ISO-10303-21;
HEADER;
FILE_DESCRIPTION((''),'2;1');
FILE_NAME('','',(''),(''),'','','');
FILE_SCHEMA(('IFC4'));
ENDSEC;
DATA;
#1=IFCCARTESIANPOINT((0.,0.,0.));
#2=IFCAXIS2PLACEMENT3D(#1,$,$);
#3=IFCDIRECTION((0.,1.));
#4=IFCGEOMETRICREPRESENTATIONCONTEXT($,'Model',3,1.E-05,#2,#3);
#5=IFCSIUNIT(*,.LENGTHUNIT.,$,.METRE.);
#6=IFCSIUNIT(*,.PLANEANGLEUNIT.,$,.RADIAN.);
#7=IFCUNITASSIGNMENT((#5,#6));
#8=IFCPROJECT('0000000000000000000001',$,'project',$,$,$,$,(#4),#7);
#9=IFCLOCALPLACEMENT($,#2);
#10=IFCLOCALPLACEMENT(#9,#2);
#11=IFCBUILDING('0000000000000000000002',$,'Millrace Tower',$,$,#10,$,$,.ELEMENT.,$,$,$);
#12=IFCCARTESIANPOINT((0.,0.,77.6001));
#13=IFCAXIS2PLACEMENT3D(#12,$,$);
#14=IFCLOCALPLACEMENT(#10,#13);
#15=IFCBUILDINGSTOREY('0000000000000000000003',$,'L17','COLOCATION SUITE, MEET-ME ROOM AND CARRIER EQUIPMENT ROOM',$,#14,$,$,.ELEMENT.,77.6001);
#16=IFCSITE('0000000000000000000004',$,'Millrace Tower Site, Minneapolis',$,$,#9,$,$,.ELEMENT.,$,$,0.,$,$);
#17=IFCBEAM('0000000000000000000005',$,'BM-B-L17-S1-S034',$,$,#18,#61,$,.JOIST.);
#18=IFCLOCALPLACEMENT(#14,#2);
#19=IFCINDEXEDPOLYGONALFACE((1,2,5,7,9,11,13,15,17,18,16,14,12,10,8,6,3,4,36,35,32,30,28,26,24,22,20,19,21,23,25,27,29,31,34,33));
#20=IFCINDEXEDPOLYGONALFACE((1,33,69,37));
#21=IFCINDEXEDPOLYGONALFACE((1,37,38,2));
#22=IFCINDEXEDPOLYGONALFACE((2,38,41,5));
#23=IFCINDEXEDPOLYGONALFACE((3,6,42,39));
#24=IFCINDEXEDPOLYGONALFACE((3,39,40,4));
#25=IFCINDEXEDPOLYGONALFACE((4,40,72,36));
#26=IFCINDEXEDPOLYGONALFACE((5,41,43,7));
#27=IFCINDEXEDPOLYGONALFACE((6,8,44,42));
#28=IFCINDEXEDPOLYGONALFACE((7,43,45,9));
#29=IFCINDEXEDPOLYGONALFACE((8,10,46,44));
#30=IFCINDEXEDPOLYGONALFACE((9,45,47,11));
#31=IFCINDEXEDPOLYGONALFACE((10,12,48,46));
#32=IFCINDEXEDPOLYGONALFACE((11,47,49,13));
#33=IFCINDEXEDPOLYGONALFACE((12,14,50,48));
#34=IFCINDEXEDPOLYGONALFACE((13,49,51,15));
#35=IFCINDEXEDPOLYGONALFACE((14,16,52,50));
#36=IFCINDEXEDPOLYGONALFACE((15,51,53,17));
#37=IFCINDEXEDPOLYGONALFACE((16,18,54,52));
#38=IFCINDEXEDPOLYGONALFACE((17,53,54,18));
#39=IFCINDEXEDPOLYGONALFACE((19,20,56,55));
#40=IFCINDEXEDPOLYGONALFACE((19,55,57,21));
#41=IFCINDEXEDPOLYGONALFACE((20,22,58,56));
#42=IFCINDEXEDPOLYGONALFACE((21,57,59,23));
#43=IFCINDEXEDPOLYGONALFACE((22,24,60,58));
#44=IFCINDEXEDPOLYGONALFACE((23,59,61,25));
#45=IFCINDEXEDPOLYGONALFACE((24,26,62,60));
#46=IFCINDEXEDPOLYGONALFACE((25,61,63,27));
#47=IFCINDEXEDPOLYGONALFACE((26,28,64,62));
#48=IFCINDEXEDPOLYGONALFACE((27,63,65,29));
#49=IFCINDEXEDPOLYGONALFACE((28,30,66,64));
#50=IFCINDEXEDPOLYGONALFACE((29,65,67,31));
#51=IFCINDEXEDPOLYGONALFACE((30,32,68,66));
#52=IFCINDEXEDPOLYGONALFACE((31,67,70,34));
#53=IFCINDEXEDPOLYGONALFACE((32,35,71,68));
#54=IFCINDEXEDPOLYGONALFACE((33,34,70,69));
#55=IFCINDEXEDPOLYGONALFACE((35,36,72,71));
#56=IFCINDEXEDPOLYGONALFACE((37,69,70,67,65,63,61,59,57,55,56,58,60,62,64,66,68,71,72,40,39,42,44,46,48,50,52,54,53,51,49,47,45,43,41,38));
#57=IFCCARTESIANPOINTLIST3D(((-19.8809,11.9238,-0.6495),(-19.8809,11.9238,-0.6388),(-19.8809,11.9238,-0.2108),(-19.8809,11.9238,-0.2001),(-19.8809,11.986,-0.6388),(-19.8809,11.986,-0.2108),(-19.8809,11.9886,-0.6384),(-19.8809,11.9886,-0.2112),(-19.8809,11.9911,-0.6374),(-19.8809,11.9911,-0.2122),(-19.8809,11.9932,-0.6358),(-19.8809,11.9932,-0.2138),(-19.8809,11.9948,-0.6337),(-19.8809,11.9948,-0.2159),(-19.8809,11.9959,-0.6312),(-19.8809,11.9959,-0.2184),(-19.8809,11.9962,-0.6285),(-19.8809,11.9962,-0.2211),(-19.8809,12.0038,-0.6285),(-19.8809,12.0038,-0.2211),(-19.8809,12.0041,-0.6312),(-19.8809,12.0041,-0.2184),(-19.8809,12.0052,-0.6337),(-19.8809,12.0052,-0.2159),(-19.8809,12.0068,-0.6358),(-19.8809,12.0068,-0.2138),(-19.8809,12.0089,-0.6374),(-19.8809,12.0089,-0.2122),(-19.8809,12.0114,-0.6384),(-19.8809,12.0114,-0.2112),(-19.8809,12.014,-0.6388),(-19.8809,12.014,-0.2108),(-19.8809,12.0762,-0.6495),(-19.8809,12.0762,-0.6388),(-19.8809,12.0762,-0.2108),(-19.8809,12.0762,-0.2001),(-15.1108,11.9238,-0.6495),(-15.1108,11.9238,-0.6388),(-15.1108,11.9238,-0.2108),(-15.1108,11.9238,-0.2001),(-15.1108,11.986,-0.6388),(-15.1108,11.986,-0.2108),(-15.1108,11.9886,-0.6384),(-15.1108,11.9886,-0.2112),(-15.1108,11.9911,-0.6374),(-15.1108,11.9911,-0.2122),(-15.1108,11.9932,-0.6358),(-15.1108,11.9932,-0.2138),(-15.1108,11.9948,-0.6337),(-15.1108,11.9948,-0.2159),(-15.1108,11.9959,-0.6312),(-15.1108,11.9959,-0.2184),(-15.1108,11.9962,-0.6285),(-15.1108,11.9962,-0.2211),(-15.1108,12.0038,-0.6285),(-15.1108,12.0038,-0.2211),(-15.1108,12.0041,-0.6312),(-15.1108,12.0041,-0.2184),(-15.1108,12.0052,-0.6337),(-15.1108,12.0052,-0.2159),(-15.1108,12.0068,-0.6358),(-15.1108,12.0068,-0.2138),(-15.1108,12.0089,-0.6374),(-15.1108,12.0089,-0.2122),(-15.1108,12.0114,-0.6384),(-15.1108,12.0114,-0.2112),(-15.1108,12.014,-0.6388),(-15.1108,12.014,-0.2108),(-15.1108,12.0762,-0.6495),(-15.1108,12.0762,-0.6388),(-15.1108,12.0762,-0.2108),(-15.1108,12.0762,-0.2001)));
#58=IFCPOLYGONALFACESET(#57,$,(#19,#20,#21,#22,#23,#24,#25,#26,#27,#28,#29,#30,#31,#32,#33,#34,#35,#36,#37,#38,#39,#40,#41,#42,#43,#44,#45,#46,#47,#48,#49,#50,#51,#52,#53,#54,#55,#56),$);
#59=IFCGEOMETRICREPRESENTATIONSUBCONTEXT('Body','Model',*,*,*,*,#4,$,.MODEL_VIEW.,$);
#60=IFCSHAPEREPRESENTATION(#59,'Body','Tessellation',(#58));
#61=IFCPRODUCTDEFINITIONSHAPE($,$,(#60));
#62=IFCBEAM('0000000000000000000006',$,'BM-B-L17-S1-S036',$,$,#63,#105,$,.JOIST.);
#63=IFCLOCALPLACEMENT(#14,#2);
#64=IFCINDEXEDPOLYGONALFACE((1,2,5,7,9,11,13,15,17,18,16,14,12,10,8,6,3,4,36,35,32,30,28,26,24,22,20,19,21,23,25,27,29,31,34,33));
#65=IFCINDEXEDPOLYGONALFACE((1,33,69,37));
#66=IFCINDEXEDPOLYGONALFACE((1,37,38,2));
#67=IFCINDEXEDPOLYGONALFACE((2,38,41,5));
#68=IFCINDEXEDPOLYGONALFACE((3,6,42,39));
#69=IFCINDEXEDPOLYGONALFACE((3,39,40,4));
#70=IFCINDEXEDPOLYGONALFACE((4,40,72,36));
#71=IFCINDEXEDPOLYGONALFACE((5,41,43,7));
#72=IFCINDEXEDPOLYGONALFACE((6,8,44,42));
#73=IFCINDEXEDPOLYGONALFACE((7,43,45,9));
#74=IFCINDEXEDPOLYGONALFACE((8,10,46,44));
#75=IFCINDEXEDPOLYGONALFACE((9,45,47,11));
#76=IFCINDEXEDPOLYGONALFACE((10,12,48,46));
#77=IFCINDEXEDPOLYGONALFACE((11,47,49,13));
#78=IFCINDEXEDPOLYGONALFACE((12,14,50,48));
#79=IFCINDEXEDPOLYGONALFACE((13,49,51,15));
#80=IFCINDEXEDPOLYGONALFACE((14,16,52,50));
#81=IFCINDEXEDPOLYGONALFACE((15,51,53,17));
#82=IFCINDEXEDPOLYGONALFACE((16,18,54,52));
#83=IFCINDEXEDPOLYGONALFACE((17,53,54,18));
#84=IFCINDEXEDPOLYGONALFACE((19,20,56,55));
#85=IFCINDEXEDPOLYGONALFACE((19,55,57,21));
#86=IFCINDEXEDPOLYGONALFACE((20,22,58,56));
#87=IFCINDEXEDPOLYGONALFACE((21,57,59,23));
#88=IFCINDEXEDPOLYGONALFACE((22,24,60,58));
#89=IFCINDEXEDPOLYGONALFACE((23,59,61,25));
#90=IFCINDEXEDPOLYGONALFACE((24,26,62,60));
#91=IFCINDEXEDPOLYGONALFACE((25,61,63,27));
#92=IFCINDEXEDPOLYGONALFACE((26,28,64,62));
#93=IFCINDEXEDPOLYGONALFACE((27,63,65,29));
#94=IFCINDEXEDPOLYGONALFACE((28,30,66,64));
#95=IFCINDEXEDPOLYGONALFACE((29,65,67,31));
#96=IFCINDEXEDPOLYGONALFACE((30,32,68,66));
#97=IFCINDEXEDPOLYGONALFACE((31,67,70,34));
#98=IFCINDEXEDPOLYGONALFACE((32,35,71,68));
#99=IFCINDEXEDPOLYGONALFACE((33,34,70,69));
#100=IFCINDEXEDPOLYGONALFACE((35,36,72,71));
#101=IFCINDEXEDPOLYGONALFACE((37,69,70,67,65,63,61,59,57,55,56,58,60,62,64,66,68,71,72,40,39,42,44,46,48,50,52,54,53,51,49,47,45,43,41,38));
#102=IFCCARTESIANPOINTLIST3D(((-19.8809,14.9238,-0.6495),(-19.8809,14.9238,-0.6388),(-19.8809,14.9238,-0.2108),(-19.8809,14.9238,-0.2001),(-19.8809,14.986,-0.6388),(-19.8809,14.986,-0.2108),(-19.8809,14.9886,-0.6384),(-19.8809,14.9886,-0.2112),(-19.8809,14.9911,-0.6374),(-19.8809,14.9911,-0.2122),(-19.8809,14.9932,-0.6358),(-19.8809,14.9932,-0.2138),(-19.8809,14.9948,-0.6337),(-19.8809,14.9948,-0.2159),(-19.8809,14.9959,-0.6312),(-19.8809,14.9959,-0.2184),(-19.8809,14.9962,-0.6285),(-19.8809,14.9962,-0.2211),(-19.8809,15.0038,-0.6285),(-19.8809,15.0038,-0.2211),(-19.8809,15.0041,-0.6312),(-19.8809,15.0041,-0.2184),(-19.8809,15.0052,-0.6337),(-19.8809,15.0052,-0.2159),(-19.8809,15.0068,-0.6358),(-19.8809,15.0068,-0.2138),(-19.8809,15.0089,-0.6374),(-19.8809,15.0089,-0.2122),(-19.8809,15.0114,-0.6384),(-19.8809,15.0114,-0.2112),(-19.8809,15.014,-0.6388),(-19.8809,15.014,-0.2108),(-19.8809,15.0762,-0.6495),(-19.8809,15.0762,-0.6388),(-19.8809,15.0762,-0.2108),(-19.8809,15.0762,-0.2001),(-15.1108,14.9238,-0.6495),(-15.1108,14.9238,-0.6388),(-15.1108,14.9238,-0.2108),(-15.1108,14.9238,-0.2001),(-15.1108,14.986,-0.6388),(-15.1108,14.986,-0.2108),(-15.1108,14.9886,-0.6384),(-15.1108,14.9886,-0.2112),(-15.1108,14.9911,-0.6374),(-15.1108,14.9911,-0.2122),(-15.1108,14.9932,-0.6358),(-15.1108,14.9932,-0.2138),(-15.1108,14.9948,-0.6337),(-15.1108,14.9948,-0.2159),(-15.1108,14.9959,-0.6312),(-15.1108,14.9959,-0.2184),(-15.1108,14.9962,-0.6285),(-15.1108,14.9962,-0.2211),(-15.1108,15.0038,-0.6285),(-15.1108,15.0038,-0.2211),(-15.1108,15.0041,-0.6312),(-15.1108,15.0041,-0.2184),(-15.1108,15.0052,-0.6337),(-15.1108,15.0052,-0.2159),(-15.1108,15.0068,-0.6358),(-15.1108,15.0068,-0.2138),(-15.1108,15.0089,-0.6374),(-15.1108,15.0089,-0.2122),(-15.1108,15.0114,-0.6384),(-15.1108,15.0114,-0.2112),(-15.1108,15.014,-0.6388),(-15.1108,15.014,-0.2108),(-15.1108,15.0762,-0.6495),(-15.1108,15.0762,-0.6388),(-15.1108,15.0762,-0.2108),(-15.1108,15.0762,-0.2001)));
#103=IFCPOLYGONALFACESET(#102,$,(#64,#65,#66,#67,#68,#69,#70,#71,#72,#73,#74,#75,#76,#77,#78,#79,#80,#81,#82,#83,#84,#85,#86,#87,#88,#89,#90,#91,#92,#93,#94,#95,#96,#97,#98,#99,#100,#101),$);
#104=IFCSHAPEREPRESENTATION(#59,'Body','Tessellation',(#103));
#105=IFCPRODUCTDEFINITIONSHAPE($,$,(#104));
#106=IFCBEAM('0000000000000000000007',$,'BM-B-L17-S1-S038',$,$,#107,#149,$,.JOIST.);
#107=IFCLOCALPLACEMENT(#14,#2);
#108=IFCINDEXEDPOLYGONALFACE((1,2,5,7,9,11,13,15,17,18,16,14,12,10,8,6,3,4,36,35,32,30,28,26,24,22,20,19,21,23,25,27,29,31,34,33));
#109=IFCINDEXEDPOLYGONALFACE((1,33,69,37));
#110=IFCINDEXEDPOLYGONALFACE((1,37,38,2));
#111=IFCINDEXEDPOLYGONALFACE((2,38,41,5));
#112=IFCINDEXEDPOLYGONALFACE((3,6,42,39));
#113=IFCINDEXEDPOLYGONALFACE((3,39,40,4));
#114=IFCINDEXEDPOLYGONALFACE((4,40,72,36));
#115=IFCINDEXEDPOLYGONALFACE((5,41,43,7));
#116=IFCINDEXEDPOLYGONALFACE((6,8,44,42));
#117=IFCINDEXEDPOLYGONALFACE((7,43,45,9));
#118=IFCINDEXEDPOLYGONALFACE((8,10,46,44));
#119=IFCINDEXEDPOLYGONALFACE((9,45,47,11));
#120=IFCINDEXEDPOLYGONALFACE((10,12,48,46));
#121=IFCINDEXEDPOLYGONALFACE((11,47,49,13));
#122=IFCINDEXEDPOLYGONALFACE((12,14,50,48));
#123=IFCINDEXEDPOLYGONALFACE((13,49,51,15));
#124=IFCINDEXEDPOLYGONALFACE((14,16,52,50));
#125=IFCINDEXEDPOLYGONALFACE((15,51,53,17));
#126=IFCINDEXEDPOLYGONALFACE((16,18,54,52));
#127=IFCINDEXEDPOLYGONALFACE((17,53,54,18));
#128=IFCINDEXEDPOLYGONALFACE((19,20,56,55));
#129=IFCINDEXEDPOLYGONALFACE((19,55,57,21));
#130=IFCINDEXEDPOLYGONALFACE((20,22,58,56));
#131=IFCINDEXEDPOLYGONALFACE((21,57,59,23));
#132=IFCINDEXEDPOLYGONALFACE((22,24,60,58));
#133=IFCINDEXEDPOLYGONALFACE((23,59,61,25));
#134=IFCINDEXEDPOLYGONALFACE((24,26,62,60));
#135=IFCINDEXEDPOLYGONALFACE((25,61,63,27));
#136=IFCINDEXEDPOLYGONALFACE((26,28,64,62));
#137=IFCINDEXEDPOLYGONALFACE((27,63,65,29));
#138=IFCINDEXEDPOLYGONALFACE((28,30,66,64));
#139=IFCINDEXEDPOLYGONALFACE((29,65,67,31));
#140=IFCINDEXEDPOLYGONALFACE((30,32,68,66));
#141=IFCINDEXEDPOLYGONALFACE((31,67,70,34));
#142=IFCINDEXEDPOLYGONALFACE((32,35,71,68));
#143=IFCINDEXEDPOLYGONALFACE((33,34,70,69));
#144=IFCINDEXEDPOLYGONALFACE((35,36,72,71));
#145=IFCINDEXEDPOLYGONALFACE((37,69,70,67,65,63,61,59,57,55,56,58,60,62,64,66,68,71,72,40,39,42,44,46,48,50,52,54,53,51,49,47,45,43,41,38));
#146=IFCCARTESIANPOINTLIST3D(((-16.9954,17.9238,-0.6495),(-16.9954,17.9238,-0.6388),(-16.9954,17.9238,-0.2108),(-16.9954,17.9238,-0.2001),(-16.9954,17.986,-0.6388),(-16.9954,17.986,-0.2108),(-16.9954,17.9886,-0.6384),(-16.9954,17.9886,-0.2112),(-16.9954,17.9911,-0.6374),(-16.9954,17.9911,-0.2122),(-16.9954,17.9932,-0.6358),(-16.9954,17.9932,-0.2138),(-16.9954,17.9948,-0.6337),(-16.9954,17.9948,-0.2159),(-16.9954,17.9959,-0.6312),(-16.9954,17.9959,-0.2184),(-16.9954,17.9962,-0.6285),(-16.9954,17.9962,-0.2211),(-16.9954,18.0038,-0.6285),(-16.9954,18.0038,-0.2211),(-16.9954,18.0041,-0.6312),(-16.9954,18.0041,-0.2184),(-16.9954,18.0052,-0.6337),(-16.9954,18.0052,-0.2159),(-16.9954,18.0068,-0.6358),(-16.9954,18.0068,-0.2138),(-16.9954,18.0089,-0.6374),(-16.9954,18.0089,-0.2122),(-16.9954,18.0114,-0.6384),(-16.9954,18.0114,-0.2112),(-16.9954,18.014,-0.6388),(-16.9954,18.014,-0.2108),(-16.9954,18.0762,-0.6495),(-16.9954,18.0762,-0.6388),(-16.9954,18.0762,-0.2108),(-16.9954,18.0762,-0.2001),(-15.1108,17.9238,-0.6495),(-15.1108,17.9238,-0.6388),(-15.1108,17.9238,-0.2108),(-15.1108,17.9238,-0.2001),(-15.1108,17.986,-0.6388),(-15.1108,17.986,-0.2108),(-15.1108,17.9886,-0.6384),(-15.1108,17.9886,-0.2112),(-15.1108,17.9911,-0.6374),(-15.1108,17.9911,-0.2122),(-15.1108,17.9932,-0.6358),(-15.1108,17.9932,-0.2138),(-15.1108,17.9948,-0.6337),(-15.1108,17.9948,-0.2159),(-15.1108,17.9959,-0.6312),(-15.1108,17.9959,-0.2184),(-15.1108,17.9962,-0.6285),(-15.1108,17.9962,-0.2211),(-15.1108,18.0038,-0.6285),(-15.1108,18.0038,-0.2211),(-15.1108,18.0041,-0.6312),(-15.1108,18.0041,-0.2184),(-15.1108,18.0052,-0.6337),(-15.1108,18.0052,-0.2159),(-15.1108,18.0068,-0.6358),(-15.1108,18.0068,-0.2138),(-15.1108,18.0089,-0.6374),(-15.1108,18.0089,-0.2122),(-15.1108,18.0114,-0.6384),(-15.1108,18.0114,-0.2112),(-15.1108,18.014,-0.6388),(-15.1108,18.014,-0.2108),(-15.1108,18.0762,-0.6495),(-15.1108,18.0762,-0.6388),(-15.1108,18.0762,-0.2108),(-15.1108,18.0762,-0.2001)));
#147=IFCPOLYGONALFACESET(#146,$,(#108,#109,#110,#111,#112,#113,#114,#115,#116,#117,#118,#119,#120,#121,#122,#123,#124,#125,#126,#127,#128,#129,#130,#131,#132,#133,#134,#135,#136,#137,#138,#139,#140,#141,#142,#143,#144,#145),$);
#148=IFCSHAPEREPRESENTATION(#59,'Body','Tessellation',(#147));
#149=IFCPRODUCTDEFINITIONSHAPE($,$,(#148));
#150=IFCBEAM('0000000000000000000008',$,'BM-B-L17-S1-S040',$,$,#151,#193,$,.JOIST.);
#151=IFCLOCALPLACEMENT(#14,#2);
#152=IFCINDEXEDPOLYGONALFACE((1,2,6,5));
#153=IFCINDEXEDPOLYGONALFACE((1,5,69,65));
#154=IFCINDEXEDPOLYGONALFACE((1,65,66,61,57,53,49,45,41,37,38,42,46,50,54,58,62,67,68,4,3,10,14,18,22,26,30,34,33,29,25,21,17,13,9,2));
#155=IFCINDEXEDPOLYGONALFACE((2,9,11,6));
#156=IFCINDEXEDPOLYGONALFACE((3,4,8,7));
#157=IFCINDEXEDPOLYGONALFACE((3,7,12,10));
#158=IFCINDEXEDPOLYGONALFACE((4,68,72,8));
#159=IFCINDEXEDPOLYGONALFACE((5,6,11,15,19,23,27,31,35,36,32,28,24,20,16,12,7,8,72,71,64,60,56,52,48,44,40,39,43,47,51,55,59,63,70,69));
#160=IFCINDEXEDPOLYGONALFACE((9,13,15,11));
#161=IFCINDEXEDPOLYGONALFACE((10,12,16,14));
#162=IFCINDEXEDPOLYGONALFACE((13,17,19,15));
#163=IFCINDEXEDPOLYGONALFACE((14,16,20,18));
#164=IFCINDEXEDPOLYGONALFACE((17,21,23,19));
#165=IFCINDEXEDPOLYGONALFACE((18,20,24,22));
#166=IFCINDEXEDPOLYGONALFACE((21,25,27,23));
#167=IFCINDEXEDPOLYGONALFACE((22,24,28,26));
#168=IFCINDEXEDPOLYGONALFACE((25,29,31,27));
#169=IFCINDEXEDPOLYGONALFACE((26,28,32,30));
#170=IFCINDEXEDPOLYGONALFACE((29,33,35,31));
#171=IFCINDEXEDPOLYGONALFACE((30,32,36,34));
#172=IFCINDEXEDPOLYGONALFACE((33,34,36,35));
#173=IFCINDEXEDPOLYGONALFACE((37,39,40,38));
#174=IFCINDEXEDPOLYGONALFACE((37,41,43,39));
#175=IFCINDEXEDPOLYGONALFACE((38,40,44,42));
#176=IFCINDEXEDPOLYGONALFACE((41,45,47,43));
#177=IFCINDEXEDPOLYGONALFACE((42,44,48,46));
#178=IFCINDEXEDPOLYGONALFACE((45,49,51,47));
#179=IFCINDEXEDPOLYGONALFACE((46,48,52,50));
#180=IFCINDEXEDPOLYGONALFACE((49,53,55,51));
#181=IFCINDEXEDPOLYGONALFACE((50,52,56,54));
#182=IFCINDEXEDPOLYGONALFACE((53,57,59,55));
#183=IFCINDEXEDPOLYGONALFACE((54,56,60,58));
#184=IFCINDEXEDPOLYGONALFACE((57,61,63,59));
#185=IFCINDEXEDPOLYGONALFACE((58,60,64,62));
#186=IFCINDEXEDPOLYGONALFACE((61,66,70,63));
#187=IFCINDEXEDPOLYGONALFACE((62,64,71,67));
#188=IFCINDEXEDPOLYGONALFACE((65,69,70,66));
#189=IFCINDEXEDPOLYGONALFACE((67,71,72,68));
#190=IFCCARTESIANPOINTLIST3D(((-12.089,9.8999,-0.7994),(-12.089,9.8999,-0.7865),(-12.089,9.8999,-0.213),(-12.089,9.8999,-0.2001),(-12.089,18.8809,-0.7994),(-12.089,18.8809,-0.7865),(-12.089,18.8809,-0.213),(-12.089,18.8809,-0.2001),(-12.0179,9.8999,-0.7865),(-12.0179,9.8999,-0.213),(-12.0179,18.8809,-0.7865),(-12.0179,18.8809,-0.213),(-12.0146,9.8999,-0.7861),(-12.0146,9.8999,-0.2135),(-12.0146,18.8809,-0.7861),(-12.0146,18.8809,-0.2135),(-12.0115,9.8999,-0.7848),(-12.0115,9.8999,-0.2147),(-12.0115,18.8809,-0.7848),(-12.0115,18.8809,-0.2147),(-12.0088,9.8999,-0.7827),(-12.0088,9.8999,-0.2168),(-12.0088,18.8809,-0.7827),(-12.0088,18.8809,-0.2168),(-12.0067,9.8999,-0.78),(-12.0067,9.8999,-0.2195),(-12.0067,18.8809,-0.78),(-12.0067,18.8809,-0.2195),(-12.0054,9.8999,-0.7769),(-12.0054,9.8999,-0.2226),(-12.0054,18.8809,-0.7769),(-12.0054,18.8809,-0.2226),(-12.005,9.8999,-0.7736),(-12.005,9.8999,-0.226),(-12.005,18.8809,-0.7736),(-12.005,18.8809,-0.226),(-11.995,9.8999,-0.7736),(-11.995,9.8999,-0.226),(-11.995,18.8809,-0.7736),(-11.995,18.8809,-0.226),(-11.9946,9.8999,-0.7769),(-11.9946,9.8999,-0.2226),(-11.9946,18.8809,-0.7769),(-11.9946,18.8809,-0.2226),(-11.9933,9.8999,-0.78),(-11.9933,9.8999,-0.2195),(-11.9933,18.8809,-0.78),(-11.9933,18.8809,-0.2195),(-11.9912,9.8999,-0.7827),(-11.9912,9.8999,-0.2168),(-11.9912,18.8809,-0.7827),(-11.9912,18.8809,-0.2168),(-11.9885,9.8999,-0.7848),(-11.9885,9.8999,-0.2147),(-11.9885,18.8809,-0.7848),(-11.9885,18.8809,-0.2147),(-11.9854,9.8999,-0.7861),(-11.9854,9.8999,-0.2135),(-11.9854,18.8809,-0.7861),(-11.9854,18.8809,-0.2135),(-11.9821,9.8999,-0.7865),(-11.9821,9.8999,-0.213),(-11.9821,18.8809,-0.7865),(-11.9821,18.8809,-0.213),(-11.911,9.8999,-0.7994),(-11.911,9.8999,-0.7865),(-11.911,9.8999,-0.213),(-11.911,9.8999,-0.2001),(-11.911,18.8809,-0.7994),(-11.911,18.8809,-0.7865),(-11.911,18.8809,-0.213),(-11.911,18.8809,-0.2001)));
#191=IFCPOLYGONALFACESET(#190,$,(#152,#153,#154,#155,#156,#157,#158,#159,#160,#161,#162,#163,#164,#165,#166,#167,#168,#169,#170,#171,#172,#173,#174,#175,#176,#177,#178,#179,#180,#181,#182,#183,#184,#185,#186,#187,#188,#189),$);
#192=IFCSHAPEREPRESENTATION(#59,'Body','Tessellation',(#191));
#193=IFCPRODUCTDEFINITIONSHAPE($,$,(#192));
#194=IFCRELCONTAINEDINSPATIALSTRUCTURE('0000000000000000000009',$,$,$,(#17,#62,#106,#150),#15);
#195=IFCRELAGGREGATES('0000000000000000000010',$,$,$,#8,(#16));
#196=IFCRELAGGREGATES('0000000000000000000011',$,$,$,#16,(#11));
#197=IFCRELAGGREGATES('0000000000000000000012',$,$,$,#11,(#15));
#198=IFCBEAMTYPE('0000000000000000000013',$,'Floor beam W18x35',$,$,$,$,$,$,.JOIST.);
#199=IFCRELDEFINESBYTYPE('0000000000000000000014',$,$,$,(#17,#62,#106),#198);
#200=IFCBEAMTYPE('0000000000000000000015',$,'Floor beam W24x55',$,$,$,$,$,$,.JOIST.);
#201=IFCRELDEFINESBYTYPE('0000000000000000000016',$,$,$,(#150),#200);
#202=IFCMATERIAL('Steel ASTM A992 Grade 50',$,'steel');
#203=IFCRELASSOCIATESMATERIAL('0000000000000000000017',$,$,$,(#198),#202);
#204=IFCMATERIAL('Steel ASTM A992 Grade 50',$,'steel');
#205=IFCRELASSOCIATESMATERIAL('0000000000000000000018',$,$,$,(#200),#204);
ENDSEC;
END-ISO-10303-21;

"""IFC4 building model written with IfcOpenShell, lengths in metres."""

from ifc_helpers import new_model, si_unit, direction, frame, origin, origin_2d, place, context, subcontext, project, spatial, i_section, extrude, material, material_profile, profile_set, type_object, element, save


model = new_model("IFC4")

# Units and contexts
model_context = context("Model", 3, precision=1e-05, world=origin(), true_north=direction((0.0, 1.0)))
body_context = subcontext(model_context, "Body", "Model", "MODEL_VIEW")
ifc_project = project(units=[si_unit("LENGTHUNIT", "METRE"), si_unit("PLANEANGLEUNIT", "RADIAN")], contexts=[model_context])

# Site, building, storey
site_placement = place(None, origin())
site = spatial("IfcSite", under=ifc_project, at=site_placement, Name="Millrace Tower Site, Minneapolis", CompositionType="ELEMENT", RefElevation=0.0)
building_placement = place(site_placement, origin())
building = spatial("IfcBuilding", under=site, at=building_placement, Name="Millrace Tower", CompositionType="ELEMENT")
storey_placement = place(building_placement, frame((0.0, 0.0, 77.6001)))
storey = spatial("IfcBuildingStorey", under=building, at=storey_placement, Name="L17", Description="COLOCATION SUITE, MEET-ME ROOM AND CARRIER EQUIPMENT ROOM", CompositionType="ELEMENT", Elevation=77.6001)

# Beams
ifc_material_1 = material(Name="Steel ASTM A992 Grade 50", Category="steel")
ifc_material_profile_1 = material_profile(ifc_material_1, i_section(OverallWidth=0.1523, OverallDepth=0.4495, WebThickness=0.0076, FlangeThickness=0.0107, FilletRadius=0.0103, at=origin_2d()))
ifc_profile_set_1 = profile_set([ifc_material_profile_1], Name="Steel ASTM A992 Grade 50")
beam_type_1 = type_object("IfcBeamType", Name="Floor beam W18x35", PredefinedType="JOIST", material=ifc_profile_set_1)
for number, where, z_axis, x_axis, name in (
    (1, (-19.8809, 12.0, -0.4248), (1.0, 0.0, 0.0), (0.0, 1.0, 0.0), "BM-B-L17-S1-S034"),
    (2, (-19.8809, 15.0, -0.4248), (1.0, 0.0, 0.0), (0.0, 1.0, 0.0), "BM-B-L17-S1-S036"),
):
    element("IfcBeam", number, at=place(storey_placement, frame(where, z_axis=z_axis, x_axis=x_axis)), inside=storey, type_object=beam_type_1, Name=name, PredefinedType="JOIST", context=body_context, shape_type="SweptSolid", body=[
        extrude(i_section(OverallWidth=0.1523, OverallDepth=0.4495, WebThickness=0.0076, FlangeThickness=0.0107, FilletRadius=0.0103, at=origin_2d()), origin(), (0.0, 0.0, 1.0), 4.77),
    ])
beam_1_placement = place(storey_placement, frame((-16.9954, 18.0, -0.4248), z_axis=(1.0, 0.0, 0.0), x_axis=(0.0, 1.0, 0.0)))
element("IfcBeam", 3, at=beam_1_placement, inside=storey, type_object=beam_type_1, Name="BM-B-L17-S1-S038", PredefinedType="JOIST", context=body_context, shape_type="SweptSolid", body=[
    extrude(i_section(OverallWidth=0.1523, OverallDepth=0.4495, WebThickness=0.0076, FlangeThickness=0.0107, FilletRadius=0.0103, at=origin_2d()), origin(), (0.0, 0.0, 1.0), 1.8845),
])
ifc_material_2 = material(Name="Steel ASTM A992 Grade 50", Category="steel")
ifc_material_profile_2 = material_profile(ifc_material_2, i_section(OverallWidth=0.178, OverallDepth=0.5994, WebThickness=0.01, FlangeThickness=0.0129, FilletRadius=0.0129, at=origin_2d()))
ifc_profile_set_2 = profile_set([ifc_material_profile_2], Name="Steel ASTM A992 Grade 50")
beam_type_2 = type_object("IfcBeamType", Name="Floor beam W24x55", PredefinedType="JOIST", material=ifc_profile_set_2)
beam_2_placement = place(storey_placement, frame((-12.0, 9.8999, -0.4998), z_axis=(0.0, 1.0, 0.0), x_axis=(-1.0, 0.0, 0.0)))
element("IfcBeam", 4, at=beam_2_placement, inside=storey, type_object=beam_type_2, Name="BM-B-L17-S1-S040", PredefinedType="JOIST", context=body_context, shape_type="SweptSolid", body=[
    extrude(i_section(OverallWidth=0.178, OverallDepth=0.5994, WebThickness=0.01, FlangeThickness=0.0129, FilletRadius=0.0129, at=origin_2d()), origin(), (0.0, 0.0, 1.0), 8.981),
])

save(model, "model.ifc")
